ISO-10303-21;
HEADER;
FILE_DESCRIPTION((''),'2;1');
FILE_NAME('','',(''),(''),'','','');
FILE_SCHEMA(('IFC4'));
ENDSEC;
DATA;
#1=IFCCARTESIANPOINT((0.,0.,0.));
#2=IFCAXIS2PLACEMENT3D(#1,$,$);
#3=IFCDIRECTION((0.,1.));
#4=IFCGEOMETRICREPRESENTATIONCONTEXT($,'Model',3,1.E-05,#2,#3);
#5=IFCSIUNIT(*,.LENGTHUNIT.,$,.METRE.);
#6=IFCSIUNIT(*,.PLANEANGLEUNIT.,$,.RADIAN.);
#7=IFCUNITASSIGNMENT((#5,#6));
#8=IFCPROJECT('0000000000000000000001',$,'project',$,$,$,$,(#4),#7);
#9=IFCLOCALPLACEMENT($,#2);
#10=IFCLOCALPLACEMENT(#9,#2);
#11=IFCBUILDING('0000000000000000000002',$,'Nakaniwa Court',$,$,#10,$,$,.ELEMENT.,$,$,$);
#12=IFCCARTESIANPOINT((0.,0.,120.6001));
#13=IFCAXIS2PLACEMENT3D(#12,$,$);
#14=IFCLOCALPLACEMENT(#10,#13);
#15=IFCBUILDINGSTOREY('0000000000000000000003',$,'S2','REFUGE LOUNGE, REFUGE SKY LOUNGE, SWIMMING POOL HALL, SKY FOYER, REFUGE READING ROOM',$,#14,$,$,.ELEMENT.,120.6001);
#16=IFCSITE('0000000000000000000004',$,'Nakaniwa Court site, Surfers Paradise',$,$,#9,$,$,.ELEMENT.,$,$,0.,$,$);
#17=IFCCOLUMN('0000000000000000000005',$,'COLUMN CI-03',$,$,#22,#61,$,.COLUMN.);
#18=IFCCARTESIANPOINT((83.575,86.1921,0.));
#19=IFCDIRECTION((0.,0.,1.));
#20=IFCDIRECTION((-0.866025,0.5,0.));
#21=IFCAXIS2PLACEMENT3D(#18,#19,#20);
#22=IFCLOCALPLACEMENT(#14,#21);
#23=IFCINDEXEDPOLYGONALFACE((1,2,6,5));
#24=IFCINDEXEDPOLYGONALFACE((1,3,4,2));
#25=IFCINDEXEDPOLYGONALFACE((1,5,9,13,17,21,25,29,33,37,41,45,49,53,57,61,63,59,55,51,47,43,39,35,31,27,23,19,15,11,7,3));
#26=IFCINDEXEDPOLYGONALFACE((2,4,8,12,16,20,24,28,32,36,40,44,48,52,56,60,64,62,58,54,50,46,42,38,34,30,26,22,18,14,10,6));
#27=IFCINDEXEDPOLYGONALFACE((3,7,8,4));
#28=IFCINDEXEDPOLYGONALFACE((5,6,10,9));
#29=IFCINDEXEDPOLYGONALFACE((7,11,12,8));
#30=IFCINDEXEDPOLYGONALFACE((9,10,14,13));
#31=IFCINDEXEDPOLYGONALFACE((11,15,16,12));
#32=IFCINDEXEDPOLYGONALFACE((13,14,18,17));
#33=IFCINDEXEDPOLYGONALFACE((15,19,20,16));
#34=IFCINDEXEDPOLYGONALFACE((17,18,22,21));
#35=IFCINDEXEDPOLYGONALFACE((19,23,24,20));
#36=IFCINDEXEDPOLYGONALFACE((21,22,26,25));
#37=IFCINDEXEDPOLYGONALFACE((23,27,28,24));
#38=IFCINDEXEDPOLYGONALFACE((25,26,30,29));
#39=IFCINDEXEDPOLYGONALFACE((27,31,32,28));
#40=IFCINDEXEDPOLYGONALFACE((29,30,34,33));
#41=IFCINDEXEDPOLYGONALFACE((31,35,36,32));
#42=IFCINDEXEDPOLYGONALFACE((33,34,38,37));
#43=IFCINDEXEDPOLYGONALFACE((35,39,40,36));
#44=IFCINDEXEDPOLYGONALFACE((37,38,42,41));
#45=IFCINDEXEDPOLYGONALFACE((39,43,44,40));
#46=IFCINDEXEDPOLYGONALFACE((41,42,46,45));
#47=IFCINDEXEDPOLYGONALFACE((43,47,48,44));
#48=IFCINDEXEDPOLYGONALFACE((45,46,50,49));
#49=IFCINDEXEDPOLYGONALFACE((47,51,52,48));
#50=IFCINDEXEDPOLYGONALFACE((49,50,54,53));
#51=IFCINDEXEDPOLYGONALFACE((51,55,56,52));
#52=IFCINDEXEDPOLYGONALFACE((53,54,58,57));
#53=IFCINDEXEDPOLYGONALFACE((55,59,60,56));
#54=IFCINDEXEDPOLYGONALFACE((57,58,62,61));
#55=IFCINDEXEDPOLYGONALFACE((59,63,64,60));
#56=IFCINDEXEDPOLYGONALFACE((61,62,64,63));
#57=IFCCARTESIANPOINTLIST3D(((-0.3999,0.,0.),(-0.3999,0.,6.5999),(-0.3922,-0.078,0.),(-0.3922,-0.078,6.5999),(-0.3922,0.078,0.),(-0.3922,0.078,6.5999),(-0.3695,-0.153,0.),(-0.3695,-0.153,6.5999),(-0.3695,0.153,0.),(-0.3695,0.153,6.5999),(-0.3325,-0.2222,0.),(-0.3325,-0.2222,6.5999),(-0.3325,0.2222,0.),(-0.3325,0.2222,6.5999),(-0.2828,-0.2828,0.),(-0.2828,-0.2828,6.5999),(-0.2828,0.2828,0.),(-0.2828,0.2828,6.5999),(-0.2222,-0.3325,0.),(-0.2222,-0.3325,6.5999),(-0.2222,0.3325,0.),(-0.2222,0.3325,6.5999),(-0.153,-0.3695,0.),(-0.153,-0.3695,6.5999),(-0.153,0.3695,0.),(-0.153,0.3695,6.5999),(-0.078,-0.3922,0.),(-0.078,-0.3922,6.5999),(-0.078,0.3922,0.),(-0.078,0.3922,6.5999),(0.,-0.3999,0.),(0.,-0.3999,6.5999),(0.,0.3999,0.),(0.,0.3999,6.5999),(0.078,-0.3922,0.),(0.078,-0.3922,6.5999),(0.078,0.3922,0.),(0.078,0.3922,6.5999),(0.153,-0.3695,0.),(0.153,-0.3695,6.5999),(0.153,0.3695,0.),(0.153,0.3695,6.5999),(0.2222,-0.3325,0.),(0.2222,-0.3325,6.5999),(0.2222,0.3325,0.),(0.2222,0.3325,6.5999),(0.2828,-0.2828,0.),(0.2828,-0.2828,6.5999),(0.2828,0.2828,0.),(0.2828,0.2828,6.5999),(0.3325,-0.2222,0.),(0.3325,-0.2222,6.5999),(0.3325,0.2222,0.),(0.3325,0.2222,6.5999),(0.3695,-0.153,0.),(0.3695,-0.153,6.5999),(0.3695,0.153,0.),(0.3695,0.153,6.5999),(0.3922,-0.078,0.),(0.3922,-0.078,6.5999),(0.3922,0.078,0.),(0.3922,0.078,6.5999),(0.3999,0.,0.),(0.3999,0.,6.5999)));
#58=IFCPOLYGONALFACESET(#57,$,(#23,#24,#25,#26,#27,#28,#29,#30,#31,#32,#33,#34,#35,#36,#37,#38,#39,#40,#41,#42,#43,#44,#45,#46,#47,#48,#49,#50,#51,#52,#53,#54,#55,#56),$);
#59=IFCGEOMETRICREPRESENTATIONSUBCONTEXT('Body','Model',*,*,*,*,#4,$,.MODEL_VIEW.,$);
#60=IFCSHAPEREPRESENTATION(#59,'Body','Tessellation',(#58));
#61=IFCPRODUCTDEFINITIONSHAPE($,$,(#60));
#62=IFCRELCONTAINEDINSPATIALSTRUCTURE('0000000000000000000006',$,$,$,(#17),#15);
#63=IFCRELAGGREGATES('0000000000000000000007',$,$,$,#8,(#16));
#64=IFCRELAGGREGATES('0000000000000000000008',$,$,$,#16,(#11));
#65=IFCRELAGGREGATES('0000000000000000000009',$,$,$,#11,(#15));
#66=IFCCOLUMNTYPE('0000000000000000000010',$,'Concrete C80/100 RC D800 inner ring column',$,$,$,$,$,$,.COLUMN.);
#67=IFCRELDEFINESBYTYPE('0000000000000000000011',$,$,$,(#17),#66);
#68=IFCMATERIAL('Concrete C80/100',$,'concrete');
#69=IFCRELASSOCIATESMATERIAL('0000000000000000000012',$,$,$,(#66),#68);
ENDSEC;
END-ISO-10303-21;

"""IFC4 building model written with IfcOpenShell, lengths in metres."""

from ifc_helpers import new_model, si_unit, direction, frame, origin, origin_2d, place, context, subcontext, project, spatial, circle, extrude, material, material_profile, profile_set, type_object, element, save


model = new_model("IFC4")

# Units and contexts
model_context = context("Model", 3, precision=1e-05, world=origin(), true_north=direction((0.0, 1.0)))
body_context = subcontext(model_context, "Body", "Model", "MODEL_VIEW")
ifc_project = project(units=[si_unit("LENGTHUNIT", "METRE"), si_unit("PLANEANGLEUNIT", "RADIAN")], contexts=[model_context])

# Site, building, storey
site_placement = place(None, origin())
site = spatial("IfcSite", under=ifc_project, at=site_placement, Name="Nakaniwa Court site, Surfers Paradise", CompositionType="ELEMENT", RefElevation=0.0)
building_placement = place(site_placement, origin())
building = spatial("IfcBuilding", under=site, at=building_placement, Name="Nakaniwa Court", CompositionType="ELEMENT")
storey_placement = place(building_placement, frame((0.0, 0.0, 120.6001)))
storey = spatial("IfcBuildingStorey", under=building, at=storey_placement, Name="S2", Description="REFUGE LOUNGE, REFUGE SKY LOUNGE, SWIMMING POOL HALL, SKY FOYER, REFUGE READING ROOM", CompositionType="ELEMENT", Elevation=120.6001)

# Column
ifc_material_1 = material(Name="Concrete C80/100", Category="concrete")
ifc_material_profile_1 = material_profile(ifc_material_1, circle(Radius=0.3999, at=origin_2d()), Name="Concrete C80/100 RC D800 inner ring column")
ifc_profile_set_1 = profile_set([ifc_material_profile_1], Name="Concrete C80/100")
column_type = type_object("IfcColumnType", Name="Concrete C80/100 RC D800 inner ring column", PredefinedType="COLUMN", material=ifc_profile_set_1)
column_placement = place(storey_placement, frame((83.575, 86.1921, 0.0), z_axis=(0.0, 0.0, 1.0), x_axis=(-0.866025, 0.5, 0.0)))
element("IfcColumn", 1, at=column_placement, inside=storey, type_object=column_type, Name="COLUMN CI-03", PredefinedType="COLUMN", context=body_context, shape_type="SweptSolid", body=[
    extrude(circle(Radius=0.3999, at=origin_2d()), origin(), (0.0, 0.0, 1.0), 6.5999),
])

save(model, "model.ifc")
